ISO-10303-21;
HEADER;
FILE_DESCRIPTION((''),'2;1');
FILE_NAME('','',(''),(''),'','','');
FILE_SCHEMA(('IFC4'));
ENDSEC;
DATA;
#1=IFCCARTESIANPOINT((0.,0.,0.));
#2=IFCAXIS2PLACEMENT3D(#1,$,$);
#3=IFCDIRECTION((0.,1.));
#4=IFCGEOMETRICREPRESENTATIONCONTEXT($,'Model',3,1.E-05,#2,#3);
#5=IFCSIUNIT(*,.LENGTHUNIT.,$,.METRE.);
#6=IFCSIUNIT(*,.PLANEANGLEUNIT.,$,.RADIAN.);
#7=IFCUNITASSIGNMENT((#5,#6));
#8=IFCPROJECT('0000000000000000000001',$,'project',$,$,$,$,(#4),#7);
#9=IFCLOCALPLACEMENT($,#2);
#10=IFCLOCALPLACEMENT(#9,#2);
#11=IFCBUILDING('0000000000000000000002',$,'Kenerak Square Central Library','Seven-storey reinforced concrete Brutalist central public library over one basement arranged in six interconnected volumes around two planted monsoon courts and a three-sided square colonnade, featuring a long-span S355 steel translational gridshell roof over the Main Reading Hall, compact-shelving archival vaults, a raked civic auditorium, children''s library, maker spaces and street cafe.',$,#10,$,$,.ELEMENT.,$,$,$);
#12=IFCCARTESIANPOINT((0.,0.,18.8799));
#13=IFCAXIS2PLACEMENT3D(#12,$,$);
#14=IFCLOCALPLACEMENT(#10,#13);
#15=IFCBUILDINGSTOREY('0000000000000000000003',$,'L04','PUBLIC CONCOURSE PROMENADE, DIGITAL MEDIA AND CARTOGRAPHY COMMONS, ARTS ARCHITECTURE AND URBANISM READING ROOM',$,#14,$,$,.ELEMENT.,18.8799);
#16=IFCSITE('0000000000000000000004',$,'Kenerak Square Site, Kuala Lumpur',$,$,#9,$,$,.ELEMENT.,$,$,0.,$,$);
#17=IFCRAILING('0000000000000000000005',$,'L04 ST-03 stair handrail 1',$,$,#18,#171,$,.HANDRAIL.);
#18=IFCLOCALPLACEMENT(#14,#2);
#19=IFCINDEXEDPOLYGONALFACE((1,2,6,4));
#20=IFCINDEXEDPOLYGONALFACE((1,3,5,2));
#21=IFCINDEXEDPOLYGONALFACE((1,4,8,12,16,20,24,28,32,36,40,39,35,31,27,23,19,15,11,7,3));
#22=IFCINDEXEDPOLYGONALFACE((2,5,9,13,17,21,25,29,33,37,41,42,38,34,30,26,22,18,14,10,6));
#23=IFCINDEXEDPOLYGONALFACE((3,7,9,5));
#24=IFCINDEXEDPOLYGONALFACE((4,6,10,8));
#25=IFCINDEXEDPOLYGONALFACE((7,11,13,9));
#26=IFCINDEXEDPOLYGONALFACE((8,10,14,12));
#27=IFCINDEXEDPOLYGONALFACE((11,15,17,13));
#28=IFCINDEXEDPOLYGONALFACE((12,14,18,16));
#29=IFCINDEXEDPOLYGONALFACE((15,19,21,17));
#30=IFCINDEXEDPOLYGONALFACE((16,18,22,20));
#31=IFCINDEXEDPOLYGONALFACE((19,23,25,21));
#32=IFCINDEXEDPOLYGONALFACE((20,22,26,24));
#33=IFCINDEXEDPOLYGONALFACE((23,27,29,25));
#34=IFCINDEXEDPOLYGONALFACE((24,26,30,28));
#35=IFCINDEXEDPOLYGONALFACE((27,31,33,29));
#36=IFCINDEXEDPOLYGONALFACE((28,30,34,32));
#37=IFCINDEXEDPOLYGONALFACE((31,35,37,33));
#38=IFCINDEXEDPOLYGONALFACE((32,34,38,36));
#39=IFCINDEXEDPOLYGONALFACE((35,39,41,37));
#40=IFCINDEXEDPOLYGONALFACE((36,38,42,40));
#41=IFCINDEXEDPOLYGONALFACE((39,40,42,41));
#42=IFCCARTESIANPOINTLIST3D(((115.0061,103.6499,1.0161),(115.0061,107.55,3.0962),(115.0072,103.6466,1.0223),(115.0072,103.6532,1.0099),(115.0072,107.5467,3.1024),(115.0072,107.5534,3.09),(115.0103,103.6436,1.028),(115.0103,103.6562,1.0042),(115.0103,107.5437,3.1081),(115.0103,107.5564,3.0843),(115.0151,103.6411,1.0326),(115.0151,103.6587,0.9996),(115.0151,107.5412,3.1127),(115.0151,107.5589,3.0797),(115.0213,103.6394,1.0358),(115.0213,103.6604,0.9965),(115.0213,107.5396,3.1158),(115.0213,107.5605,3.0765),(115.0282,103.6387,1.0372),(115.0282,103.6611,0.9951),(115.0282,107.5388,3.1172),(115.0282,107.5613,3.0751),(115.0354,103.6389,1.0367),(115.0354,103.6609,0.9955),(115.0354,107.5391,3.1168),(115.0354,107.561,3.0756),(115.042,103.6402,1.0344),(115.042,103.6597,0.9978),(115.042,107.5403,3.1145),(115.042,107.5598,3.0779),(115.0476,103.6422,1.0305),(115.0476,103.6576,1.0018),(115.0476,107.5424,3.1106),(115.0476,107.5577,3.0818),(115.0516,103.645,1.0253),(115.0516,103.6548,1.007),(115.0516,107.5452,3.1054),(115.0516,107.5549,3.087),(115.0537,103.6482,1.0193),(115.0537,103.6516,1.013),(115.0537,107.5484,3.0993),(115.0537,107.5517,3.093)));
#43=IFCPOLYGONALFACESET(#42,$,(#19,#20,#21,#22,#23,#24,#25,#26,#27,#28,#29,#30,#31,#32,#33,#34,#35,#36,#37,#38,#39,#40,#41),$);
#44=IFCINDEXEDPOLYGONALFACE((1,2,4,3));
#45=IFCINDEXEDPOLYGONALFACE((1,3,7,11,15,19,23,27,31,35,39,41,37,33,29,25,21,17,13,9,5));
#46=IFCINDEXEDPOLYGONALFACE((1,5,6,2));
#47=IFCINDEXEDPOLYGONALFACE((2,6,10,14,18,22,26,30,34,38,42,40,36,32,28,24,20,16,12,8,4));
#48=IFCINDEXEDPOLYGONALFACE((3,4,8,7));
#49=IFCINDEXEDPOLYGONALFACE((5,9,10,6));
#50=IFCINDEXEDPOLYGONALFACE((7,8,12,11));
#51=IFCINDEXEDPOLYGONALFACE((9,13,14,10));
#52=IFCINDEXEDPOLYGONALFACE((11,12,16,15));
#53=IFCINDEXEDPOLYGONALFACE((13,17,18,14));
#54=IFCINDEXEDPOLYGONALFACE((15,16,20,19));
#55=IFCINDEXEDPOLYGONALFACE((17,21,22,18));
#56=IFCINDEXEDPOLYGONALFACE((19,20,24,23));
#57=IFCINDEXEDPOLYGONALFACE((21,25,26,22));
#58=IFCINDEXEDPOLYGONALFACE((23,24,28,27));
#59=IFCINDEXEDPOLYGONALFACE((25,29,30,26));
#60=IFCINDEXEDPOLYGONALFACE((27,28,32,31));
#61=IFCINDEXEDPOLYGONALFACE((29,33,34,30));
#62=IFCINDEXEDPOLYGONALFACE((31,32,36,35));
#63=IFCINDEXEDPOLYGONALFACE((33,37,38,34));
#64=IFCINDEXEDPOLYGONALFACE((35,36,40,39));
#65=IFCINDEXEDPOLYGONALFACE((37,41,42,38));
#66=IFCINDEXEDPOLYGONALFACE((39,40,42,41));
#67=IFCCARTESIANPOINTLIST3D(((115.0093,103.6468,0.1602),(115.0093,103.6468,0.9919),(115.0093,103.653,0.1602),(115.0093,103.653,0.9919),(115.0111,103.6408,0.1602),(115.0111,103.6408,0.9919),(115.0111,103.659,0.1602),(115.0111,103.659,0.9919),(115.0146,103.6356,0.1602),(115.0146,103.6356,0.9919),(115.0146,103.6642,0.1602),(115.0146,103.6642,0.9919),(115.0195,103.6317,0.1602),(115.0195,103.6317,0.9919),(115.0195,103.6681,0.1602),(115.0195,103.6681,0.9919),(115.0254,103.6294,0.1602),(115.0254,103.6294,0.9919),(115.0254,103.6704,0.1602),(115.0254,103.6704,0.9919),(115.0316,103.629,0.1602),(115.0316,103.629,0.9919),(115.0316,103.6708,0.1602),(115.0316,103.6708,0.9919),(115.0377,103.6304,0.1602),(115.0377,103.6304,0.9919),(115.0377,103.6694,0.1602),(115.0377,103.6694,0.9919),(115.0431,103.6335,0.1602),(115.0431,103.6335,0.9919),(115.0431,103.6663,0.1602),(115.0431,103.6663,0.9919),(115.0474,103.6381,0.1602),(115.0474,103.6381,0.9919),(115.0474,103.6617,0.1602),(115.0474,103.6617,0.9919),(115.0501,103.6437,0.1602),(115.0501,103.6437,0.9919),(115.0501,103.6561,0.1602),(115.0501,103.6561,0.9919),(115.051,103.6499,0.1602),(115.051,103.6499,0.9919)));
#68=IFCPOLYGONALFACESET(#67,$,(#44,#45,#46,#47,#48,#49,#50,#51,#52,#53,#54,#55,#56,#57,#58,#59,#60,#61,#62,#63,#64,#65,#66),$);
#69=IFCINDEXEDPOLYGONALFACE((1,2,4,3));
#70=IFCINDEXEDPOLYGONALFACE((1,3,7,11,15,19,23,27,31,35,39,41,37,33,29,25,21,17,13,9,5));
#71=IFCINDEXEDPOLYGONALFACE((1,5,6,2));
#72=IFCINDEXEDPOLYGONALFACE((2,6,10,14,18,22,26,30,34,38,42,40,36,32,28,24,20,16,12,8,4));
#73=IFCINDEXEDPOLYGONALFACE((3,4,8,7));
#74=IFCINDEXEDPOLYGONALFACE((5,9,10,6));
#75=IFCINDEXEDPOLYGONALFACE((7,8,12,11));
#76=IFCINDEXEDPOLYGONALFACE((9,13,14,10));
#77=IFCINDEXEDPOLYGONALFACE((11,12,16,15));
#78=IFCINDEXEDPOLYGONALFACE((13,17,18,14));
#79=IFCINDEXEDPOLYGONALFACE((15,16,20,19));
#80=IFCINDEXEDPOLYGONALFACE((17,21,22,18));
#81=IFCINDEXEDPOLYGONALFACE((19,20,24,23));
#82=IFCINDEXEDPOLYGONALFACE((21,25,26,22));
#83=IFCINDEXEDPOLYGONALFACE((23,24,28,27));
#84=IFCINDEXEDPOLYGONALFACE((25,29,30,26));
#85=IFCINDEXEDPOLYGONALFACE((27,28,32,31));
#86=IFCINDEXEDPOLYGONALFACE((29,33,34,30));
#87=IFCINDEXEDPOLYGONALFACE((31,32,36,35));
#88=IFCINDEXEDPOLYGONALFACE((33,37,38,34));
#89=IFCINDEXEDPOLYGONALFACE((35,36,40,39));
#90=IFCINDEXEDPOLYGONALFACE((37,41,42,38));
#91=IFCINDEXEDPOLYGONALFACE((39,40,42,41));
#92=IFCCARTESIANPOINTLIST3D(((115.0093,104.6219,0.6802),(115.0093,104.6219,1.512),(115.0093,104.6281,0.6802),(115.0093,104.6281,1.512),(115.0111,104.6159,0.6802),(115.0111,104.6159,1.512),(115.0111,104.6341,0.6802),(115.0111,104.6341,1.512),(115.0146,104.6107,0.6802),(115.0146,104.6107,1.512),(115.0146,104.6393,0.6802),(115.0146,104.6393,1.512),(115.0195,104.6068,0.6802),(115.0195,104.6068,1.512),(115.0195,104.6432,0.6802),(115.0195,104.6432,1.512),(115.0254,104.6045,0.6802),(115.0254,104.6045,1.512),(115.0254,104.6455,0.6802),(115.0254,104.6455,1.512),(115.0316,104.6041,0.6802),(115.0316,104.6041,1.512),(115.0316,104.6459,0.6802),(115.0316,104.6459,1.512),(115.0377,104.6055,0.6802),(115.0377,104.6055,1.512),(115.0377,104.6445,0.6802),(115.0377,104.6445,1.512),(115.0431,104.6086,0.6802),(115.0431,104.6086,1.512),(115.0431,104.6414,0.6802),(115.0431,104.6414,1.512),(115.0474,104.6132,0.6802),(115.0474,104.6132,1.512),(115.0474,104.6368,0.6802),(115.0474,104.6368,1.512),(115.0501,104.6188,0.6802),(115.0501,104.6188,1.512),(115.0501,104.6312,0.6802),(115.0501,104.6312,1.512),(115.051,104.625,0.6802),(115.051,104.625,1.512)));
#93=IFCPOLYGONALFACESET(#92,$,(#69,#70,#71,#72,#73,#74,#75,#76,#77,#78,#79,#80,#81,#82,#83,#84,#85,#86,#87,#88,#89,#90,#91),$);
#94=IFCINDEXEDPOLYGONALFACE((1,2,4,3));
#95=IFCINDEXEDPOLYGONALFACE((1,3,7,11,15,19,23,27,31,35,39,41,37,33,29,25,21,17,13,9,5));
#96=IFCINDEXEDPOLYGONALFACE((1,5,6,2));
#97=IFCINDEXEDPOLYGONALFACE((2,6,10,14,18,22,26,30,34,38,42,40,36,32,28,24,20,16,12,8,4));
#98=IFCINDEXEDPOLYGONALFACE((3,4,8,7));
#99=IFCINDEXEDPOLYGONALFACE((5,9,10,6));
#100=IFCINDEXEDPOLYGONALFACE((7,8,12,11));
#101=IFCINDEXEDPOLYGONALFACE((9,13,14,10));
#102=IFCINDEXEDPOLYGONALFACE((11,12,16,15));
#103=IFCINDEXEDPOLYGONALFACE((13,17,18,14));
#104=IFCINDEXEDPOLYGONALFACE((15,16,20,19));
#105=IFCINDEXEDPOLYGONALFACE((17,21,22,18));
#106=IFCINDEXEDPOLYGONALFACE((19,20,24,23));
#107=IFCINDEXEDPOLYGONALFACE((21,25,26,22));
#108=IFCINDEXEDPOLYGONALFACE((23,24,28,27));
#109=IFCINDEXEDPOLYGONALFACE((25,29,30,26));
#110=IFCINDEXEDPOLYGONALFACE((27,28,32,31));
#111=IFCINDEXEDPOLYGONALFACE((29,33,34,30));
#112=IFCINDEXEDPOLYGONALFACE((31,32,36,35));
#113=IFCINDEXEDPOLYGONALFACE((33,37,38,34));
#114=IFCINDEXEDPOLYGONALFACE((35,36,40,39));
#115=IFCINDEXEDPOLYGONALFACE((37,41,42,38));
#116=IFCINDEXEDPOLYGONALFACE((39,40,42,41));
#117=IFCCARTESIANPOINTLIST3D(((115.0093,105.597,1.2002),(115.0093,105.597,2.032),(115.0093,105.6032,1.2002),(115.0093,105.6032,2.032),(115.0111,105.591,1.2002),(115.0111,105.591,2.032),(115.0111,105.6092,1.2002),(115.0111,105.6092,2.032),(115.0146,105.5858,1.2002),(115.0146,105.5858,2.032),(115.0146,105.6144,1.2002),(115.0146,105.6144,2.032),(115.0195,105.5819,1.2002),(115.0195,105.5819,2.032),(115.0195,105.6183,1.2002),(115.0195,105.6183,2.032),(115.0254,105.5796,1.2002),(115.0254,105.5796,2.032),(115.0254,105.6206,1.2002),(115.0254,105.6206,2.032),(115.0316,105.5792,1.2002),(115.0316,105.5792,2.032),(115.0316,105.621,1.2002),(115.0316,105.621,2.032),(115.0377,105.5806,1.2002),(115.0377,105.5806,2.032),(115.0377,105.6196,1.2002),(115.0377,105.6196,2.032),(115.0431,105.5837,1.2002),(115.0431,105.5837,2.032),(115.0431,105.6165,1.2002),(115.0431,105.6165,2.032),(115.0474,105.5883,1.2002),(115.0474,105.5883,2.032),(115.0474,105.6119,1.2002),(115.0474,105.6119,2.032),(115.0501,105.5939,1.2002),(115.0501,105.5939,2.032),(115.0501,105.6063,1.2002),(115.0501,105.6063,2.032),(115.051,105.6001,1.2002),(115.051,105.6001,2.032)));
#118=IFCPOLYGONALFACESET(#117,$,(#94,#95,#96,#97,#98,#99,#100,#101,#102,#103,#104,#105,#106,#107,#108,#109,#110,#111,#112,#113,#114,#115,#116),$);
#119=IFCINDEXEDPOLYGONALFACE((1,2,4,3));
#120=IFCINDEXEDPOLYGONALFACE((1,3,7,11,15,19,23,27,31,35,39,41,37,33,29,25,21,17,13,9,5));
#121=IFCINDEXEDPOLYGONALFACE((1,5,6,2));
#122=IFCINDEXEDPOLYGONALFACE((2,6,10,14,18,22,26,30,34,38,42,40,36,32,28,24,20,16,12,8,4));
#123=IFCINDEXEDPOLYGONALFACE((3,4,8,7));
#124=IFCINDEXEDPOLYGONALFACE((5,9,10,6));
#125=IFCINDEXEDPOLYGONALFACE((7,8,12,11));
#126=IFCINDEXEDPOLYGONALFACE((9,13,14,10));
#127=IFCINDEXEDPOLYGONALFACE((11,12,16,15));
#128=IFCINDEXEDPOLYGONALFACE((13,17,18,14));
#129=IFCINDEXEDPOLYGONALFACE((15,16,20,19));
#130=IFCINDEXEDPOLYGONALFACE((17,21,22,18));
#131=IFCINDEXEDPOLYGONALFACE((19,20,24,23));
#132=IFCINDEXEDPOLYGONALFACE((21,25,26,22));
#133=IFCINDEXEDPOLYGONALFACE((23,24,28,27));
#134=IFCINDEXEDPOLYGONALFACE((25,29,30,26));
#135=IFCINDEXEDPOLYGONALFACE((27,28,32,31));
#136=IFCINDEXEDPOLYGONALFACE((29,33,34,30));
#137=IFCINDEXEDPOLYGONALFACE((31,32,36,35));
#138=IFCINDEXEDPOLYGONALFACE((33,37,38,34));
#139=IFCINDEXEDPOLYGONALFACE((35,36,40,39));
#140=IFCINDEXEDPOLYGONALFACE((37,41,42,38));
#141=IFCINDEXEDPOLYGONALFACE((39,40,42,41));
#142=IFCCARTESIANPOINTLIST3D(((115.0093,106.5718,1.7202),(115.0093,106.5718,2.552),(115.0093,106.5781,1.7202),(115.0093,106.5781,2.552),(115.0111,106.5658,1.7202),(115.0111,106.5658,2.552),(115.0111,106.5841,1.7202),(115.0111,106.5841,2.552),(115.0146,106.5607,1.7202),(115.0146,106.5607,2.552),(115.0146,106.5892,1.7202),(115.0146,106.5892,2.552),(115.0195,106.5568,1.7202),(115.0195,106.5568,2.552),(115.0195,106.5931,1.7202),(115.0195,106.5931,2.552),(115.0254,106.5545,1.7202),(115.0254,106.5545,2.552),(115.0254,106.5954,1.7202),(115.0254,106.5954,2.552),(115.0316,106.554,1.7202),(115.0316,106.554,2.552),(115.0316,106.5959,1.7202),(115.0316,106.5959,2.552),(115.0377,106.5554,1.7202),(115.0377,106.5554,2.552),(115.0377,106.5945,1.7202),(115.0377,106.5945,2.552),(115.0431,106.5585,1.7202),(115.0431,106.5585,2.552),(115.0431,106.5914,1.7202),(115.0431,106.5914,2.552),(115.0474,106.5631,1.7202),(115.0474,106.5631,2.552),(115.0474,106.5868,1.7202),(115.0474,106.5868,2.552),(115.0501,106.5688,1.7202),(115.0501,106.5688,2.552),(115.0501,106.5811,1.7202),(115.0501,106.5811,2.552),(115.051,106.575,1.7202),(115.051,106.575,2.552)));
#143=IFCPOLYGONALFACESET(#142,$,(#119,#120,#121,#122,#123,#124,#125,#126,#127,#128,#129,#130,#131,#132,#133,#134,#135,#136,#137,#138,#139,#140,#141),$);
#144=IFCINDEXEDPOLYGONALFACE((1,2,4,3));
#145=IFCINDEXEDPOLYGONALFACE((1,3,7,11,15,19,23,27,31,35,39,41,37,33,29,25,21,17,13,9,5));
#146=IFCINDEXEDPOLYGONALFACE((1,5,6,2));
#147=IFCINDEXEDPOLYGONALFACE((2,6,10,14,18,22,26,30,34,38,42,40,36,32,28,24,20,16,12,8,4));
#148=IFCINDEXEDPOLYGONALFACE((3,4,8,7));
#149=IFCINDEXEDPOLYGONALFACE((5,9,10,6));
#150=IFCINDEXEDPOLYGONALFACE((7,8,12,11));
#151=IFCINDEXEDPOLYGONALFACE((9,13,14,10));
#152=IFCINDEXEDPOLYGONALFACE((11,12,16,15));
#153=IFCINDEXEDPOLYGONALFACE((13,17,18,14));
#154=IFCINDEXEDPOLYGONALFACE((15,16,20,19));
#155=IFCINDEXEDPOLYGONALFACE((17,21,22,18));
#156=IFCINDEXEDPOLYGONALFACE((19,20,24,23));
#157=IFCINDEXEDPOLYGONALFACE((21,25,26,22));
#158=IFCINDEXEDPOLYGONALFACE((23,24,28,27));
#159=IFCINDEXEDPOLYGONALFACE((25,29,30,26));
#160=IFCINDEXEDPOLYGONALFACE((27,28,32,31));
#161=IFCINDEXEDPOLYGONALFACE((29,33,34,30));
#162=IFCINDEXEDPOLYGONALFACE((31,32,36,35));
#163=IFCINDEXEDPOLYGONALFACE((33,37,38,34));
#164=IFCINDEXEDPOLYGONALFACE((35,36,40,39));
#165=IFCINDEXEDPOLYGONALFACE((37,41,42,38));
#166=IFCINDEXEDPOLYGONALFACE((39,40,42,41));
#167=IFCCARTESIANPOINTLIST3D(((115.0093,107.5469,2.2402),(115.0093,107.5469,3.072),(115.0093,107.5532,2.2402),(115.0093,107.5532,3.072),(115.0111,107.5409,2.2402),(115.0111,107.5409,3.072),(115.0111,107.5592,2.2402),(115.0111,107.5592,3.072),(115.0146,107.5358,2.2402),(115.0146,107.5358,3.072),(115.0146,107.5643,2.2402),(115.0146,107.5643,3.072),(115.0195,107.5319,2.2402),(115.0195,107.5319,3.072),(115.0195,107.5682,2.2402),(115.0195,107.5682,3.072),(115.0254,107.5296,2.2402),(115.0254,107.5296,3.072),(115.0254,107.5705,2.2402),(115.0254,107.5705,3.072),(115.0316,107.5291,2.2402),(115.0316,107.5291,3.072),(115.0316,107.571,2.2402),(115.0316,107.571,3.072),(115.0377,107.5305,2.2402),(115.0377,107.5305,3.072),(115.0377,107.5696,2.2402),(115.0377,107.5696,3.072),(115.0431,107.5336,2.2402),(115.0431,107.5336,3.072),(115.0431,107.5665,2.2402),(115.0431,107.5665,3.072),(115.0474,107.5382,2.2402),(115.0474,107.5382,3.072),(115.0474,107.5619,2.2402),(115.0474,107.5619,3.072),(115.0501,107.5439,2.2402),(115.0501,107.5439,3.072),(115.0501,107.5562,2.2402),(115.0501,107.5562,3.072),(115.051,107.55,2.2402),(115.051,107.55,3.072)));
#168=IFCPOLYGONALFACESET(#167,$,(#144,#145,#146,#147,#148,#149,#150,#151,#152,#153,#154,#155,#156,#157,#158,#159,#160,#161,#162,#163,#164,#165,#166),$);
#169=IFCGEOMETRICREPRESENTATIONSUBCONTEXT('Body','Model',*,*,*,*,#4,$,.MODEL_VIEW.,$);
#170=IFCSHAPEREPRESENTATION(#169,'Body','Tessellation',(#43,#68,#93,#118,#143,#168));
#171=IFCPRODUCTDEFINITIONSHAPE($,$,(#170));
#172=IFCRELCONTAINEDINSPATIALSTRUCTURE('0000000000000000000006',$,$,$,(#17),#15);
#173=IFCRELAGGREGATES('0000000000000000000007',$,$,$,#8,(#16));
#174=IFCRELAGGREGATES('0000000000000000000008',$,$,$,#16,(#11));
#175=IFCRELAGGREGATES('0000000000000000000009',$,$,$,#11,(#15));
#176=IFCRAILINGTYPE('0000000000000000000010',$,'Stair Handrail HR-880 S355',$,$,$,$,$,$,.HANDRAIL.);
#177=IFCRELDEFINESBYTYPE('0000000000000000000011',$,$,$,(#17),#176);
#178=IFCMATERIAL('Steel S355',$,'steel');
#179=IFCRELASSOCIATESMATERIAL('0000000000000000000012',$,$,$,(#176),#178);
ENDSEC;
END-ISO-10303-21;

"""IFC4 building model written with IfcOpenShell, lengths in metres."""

from ifc_helpers import new_model, si_unit, direction, frame, origin, origin_2d, place, context, subcontext, project, spatial, circle, extrude, material, type_object, element, save


model = new_model("IFC4")

# Units and contexts
model_context = context("Model", 3, precision=1e-05, world=origin(), true_north=direction((0.0, 1.0)))
body_context = subcontext(model_context, "Body", "Model", "MODEL_VIEW")
ifc_project = project(units=[si_unit("LENGTHUNIT", "METRE"), si_unit("PLANEANGLEUNIT", "RADIAN")], contexts=[model_context])

# Site, building, storey
site_placement = place(None, origin())
site = spatial("IfcSite", under=ifc_project, at=site_placement, Name="Kenerak Square Site, Kuala Lumpur", CompositionType="ELEMENT", RefElevation=0.0)
building_placement = place(site_placement, origin())
building = spatial("IfcBuilding", under=site, at=building_placement, Name="Kenerak Square Central Library", Description="Seven-storey reinforced concrete Brutalist central public library over one basement arranged in six interconnected volumes around two planted monsoon courts and a three-sided square colonnade, featuring a long-span S355 steel translational gridshell roof over the Main Reading Hall, compact-shelving archival vaults, a raked civic auditorium, children's library, maker spaces and street cafe.", CompositionType="ELEMENT")
storey_placement = place(building_placement, frame((0.0, 0.0, 18.8799)))
storey = spatial("IfcBuildingStorey", under=building, at=storey_placement, Name="L04", Description="PUBLIC CONCOURSE PROMENADE, DIGITAL MEDIA AND CARTOGRAPHY COMMONS, ARTS ARCHITECTURE AND URBANISM READING ROOM", CompositionType="ELEMENT", Elevation=18.8799)

# Railing
ifc_material_1 = material(Name="Steel S355", Category="steel")
railing_type_1 = type_object("IfcRailingType", Name="Stair Handrail HR-880 S355", PredefinedType="HANDRAIL", material=ifc_material_1)
railing_1_placement = place(storey_placement, frame((115.03, 103.6499, 0.1602)))
element("IfcRailing", 1, at=railing_1_placement, inside=storey, type_object=railing_type_1, Name="L04 ST-03 stair handrail 1", PredefinedType="HANDRAIL", context=body_context, shape_type="SweptSolid", body=[
    extrude(circle(Radius=0.0239, at=origin_2d()), frame((0.0, 0.0, 0.856), z_axis=(0.0, 0.882353, 0.470588), x_axis=(-1.0, 0.0, 0.0)), (0.0, 0.0, 1.0), 4.4202),
    extrude(circle(Radius=0.021, at=origin_2d()), origin(), (0.0, 0.0, 1.0), 0.8318),
    extrude(circle(Radius=0.021, at=origin_2d()), frame((0.0, 0.9751, 0.52)), (0.0, 0.0, 1.0), 0.8318),
    extrude(circle(Radius=0.021, at=origin_2d()), frame((0.0, 1.9502, 1.04)), (0.0, 0.0, 1.0), 0.8318),
    extrude(circle(Radius=0.021, at=origin_2d()), frame((0.0, 2.925, 1.5601)), (0.0, 0.0, 1.0), 0.8318),
    extrude(circle(Radius=0.021, at=origin_2d()), frame((0.0, 3.9001, 2.0801)), (0.0, 0.0, 1.0), 0.8318),
])

save(model, "model.ifc")
